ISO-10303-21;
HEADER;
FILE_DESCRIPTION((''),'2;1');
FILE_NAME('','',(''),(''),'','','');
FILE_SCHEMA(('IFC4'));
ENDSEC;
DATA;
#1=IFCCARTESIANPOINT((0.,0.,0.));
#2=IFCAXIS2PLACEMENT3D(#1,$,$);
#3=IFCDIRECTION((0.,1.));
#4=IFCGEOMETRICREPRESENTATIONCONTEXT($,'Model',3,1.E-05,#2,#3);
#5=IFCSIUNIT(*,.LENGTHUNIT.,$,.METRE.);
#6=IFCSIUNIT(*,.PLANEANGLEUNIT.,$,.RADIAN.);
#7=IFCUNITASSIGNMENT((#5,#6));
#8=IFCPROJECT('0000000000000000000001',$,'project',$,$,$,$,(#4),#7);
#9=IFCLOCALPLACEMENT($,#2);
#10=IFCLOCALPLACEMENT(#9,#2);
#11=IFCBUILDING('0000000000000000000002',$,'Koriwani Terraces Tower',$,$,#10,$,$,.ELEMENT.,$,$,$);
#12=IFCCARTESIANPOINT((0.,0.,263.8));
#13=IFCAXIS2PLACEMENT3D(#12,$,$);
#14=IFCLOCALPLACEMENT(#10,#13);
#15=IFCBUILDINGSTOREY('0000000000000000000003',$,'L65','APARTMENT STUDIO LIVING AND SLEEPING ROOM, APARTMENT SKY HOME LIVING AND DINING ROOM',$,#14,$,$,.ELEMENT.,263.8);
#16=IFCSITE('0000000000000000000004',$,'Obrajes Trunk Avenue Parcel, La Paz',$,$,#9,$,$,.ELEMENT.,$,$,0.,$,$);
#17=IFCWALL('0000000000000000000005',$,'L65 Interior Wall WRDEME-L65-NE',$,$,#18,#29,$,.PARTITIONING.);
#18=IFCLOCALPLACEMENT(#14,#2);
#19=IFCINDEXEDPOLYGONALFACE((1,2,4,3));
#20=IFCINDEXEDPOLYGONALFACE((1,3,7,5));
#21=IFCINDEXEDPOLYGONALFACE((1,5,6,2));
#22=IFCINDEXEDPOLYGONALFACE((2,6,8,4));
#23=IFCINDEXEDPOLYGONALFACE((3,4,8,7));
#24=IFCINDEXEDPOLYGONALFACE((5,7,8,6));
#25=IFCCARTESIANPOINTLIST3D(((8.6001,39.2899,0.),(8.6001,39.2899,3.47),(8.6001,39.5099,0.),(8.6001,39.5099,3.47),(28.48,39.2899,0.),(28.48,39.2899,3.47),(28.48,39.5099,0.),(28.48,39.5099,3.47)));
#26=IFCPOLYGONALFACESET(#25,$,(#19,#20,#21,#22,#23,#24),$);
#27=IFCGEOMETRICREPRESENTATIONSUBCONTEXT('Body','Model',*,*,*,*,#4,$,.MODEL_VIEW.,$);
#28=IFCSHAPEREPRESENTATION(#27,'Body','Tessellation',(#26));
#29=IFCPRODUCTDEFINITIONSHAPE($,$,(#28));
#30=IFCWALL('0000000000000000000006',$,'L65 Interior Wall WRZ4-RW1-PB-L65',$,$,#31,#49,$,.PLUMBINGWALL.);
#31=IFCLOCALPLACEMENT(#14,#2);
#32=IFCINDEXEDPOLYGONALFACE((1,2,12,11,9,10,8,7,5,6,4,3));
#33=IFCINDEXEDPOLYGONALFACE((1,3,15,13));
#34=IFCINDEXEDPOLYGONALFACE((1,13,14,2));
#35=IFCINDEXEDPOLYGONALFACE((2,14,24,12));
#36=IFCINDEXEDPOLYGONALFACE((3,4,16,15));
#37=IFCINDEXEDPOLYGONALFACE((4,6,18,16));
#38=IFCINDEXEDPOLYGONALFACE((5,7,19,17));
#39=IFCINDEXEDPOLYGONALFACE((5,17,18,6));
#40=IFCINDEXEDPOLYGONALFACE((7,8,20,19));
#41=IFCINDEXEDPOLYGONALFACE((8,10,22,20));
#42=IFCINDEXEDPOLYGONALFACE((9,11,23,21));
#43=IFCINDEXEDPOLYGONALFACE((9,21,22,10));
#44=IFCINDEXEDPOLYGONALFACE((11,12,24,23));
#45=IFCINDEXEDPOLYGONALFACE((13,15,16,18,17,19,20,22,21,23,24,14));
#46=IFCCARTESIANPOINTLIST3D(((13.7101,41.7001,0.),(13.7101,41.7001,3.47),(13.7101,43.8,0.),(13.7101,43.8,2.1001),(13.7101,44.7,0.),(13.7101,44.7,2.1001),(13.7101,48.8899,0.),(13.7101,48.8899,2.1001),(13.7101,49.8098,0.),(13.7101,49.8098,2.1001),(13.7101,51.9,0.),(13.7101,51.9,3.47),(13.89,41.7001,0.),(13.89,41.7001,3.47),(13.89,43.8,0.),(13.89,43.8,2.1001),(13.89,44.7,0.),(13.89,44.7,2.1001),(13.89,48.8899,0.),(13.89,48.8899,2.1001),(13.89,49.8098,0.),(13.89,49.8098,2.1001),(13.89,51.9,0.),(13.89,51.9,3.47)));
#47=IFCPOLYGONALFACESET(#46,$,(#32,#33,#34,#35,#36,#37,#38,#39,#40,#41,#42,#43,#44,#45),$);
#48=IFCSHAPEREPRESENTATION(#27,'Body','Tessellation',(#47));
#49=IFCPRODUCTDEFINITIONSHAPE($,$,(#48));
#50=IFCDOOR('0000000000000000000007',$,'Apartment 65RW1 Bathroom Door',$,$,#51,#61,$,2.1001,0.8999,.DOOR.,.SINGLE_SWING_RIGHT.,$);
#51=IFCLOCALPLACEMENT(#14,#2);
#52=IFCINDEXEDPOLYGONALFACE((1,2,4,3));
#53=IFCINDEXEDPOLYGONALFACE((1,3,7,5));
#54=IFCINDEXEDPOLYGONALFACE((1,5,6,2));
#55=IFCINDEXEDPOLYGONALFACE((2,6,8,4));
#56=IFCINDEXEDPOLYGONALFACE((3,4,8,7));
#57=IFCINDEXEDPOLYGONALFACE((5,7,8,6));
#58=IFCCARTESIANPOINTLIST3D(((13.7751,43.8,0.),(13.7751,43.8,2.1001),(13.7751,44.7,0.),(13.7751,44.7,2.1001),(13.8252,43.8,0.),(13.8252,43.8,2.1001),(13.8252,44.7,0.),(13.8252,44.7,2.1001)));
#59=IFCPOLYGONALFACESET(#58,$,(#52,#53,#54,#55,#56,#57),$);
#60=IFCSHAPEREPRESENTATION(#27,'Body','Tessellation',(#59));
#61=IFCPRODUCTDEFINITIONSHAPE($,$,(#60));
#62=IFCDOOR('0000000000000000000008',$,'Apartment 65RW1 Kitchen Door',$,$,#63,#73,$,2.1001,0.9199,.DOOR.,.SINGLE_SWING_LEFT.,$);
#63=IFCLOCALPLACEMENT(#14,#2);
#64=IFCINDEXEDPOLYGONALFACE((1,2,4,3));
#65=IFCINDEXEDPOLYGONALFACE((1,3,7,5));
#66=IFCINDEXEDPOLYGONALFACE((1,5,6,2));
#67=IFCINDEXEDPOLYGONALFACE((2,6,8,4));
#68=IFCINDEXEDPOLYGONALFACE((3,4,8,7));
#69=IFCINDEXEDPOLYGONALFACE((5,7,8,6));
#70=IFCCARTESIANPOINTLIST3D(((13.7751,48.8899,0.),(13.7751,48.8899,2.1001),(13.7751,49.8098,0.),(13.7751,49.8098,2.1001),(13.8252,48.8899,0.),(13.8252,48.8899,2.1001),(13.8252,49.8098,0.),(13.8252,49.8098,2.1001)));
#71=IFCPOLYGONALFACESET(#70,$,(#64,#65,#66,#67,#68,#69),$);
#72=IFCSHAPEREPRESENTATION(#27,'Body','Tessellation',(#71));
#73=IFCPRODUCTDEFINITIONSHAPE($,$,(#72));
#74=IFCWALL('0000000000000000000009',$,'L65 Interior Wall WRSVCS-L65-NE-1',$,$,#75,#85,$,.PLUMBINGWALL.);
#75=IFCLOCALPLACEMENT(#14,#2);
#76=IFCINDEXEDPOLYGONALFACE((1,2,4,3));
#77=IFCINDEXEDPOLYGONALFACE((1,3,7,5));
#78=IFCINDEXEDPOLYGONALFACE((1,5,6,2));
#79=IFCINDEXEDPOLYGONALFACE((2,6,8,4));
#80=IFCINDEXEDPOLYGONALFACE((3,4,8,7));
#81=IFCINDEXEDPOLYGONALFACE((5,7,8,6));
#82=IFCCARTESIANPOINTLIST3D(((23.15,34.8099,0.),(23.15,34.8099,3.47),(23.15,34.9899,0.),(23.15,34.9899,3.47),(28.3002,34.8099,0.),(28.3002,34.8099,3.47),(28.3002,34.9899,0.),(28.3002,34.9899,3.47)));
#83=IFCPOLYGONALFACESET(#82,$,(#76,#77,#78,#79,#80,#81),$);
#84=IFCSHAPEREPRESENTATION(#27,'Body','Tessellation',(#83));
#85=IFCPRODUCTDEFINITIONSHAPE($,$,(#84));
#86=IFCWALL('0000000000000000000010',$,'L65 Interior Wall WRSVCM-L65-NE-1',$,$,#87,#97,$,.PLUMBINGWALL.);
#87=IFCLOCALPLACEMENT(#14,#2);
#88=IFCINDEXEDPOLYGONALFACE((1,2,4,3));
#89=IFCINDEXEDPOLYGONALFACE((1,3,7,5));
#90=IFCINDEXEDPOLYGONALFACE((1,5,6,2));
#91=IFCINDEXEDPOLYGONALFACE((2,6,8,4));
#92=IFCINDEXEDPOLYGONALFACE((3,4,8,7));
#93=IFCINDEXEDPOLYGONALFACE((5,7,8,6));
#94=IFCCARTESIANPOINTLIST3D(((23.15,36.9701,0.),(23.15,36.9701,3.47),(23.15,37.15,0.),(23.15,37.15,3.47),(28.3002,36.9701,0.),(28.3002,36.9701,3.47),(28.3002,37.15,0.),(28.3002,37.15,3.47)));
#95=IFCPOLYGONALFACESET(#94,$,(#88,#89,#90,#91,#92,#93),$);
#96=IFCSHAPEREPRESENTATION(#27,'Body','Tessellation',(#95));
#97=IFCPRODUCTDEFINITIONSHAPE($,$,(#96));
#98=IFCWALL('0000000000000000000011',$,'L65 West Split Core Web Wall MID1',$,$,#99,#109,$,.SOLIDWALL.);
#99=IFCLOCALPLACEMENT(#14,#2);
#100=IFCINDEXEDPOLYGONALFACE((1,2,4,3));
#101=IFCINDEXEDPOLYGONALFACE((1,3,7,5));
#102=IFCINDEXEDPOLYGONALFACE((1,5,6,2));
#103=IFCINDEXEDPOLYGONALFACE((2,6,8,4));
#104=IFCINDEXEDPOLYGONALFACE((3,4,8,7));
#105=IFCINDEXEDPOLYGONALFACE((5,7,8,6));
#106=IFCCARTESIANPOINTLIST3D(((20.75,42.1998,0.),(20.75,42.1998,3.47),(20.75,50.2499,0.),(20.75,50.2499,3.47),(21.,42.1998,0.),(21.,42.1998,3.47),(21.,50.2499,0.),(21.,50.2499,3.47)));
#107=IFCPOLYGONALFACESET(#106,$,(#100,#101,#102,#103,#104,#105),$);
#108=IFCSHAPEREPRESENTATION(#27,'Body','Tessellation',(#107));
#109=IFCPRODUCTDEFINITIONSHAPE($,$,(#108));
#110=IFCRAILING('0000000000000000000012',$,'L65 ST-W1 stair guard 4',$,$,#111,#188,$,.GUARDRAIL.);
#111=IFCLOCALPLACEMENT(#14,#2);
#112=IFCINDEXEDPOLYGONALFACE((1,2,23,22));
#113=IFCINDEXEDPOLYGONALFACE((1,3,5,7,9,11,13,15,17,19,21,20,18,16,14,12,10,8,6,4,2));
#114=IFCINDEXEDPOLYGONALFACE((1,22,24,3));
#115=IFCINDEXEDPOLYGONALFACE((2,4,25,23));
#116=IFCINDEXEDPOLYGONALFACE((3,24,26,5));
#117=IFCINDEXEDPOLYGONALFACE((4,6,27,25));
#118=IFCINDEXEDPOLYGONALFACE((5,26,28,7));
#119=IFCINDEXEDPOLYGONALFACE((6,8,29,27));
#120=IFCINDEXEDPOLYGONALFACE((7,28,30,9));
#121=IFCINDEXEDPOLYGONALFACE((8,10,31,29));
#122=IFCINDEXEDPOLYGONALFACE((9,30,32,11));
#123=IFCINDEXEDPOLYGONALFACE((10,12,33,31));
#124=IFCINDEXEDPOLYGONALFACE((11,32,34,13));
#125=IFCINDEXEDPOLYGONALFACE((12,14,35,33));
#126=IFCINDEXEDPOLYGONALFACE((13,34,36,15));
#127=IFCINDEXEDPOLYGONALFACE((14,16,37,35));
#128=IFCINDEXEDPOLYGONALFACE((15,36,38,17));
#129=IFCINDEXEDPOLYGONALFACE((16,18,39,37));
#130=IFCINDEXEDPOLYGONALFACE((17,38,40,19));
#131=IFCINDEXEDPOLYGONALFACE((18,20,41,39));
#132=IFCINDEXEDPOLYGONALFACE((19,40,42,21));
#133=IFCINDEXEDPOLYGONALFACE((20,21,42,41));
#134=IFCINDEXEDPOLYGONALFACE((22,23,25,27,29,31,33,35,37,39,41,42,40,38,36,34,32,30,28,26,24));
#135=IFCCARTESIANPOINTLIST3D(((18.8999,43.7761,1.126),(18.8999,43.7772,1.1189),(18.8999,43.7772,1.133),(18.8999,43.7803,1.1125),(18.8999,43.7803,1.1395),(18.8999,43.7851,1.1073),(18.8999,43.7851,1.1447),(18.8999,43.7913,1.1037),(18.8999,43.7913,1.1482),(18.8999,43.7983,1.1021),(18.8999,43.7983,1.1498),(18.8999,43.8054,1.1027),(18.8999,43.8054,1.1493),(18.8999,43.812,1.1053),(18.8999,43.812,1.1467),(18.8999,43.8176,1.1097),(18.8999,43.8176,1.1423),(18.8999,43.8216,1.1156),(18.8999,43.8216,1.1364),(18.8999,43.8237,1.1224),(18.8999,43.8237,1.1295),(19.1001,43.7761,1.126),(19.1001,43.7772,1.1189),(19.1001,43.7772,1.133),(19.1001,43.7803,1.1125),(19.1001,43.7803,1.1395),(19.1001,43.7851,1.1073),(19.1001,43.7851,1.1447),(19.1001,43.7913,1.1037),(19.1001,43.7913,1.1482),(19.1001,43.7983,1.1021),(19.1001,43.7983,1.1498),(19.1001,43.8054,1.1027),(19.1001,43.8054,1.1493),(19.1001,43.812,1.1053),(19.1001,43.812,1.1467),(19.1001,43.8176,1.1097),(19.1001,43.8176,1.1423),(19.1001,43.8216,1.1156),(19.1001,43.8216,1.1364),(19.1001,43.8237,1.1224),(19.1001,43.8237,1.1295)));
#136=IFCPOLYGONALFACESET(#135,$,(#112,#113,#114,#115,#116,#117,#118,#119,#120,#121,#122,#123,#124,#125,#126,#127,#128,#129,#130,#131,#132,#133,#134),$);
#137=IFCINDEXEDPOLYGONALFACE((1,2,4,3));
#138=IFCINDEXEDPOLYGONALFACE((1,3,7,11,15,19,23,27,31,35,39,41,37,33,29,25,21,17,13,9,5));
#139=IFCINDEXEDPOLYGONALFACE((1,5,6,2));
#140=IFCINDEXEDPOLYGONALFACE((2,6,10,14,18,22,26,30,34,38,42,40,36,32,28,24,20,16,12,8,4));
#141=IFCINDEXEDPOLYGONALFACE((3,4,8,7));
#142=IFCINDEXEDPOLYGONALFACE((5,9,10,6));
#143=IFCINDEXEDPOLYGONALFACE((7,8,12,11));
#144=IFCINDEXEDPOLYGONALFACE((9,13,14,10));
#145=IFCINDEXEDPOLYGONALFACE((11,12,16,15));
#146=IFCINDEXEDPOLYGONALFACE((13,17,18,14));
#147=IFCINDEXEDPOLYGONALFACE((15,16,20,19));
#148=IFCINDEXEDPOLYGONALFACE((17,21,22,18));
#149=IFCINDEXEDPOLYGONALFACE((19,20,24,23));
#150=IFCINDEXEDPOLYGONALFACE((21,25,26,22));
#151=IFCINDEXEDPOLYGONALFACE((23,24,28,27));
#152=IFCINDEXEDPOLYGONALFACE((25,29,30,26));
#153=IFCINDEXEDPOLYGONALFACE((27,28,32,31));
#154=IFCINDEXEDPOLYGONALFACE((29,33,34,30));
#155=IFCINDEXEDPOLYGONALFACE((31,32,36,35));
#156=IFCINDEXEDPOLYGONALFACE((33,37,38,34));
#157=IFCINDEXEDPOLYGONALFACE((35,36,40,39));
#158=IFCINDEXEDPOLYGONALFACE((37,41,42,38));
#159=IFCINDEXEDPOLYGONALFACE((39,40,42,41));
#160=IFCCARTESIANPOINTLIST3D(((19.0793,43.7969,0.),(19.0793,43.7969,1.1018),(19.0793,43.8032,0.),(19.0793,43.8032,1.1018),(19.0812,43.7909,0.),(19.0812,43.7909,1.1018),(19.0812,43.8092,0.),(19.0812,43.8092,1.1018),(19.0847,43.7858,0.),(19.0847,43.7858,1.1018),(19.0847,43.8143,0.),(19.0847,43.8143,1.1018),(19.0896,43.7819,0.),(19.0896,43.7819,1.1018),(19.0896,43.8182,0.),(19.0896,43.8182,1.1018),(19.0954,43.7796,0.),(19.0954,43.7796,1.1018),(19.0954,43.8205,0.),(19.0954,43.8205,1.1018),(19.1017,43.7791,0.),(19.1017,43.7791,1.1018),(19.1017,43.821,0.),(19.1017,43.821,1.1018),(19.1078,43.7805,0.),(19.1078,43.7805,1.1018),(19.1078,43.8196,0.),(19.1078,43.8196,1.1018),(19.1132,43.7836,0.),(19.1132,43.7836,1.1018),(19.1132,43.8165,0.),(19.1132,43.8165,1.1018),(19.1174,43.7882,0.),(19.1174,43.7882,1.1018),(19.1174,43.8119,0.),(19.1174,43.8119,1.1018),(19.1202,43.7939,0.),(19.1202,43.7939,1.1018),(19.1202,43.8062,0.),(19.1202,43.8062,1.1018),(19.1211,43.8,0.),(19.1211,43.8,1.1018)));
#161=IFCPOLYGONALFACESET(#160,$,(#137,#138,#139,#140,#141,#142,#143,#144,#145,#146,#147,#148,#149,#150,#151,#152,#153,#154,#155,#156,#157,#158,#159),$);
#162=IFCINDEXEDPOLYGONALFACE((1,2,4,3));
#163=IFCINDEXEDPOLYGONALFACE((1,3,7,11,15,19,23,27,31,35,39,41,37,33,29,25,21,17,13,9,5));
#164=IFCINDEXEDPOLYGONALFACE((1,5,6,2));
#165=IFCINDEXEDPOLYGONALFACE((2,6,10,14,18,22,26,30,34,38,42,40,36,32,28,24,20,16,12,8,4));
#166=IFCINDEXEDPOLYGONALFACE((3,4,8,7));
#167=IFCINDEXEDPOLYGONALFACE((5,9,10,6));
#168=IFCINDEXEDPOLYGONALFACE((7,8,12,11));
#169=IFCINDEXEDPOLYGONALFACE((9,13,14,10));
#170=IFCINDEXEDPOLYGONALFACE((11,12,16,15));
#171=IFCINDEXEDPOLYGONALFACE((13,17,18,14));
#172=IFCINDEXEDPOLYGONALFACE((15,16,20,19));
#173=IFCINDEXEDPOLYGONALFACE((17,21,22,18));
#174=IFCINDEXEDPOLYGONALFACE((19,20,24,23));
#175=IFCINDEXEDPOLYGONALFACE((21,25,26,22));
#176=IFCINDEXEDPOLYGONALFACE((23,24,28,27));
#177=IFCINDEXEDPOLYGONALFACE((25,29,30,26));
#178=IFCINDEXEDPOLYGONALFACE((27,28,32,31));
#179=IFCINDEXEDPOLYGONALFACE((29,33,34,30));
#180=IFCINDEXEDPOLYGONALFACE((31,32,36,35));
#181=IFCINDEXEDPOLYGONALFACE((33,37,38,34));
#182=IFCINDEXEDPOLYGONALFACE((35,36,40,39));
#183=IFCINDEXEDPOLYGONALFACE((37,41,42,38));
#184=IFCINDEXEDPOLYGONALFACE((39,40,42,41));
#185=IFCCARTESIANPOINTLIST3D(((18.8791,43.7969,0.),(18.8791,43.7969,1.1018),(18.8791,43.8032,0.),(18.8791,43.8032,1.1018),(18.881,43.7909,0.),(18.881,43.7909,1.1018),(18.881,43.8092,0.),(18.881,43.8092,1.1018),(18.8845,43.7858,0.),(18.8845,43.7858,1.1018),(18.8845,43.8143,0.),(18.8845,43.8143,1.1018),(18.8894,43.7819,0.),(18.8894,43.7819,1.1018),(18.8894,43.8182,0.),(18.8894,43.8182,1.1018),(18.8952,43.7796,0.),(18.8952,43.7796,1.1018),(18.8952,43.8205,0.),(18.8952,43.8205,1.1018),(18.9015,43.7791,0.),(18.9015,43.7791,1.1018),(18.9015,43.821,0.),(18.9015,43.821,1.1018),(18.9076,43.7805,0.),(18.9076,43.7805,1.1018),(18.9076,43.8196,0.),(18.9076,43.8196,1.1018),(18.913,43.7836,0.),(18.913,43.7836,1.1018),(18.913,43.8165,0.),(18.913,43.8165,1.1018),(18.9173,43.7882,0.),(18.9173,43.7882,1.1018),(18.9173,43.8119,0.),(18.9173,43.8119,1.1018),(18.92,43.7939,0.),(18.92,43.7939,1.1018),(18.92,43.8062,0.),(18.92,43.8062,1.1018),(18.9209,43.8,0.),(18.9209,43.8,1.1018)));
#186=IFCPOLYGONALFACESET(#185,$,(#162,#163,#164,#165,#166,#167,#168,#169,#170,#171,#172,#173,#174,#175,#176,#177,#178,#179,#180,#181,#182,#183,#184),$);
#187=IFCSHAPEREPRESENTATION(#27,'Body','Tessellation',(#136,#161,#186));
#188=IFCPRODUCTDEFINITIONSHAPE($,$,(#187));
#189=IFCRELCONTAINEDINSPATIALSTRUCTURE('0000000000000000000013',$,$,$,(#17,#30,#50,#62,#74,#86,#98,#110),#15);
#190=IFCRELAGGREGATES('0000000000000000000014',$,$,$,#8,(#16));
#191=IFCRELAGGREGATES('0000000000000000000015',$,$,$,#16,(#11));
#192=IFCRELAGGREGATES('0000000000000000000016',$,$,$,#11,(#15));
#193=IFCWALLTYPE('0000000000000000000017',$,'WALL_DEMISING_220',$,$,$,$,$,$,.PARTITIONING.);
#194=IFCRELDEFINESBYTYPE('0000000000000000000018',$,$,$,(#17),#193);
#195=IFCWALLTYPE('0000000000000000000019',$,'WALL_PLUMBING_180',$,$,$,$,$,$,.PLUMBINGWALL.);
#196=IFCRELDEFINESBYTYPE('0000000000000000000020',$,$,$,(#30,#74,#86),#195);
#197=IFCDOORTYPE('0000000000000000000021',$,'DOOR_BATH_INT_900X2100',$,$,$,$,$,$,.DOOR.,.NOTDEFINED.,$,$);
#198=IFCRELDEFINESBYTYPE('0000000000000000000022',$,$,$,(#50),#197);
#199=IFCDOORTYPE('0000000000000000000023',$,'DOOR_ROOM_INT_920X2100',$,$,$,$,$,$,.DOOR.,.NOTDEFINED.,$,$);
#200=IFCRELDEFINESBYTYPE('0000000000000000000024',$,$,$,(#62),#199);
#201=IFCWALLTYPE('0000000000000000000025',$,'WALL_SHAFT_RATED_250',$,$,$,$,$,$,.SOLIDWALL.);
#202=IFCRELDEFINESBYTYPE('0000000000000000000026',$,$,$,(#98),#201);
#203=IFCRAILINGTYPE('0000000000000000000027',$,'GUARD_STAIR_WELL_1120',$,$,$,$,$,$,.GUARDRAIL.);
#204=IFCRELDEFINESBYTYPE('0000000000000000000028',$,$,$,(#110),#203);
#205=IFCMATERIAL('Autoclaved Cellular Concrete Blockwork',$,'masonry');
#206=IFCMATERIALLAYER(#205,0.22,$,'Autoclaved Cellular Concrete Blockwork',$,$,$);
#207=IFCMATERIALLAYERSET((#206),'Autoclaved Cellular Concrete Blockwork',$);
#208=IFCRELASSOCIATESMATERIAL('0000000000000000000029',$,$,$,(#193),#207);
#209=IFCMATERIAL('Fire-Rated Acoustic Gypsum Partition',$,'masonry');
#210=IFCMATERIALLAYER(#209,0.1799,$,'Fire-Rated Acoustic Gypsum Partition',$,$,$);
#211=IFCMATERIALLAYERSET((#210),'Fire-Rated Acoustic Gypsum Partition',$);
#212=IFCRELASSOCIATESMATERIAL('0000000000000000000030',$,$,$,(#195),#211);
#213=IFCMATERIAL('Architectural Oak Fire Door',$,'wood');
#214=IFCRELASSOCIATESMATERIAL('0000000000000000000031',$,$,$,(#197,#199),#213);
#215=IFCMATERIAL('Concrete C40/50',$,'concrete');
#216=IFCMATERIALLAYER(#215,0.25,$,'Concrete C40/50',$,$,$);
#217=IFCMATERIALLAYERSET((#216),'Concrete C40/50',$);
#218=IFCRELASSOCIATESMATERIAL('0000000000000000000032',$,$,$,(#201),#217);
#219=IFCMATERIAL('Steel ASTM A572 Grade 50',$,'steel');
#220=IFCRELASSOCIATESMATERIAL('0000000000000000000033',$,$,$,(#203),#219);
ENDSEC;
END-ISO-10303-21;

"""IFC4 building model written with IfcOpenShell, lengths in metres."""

from ifc_helpers import new_model, si_unit, direction, frame, frame_2d, origin, origin_2d, place, context, subcontext, project, spatial, rectangle, circle, extrude, material, layer, layer_set, type_object, element, fill, save


model = new_model("IFC4")

# Units and contexts
model_context = context("Model", 3, precision=1e-05, world=origin(), true_north=direction((0.0, 1.0)))
body_context = subcontext(model_context, "Body", "Model", "MODEL_VIEW")
ifc_project = project(units=[si_unit("LENGTHUNIT", "METRE"), si_unit("PLANEANGLEUNIT", "RADIAN")], contexts=[model_context])

# Site, building, storey
site_placement = place(None, origin())
site = spatial("IfcSite", under=ifc_project, at=site_placement, Name="Obrajes Trunk Avenue Parcel, La Paz", CompositionType="ELEMENT", RefElevation=0.0)
building_placement = place(site_placement, origin())
building = spatial("IfcBuilding", under=site, at=building_placement, Name="Koriwani Terraces Tower", CompositionType="ELEMENT")
storey_placement = place(building_placement, frame((0.0, 0.0, 263.8)))
storey = spatial("IfcBuildingStorey", under=building, at=storey_placement, Name="L65", Description="APARTMENT STUDIO LIVING AND SLEEPING ROOM, APARTMENT SKY HOME LIVING AND DINING ROOM", CompositionType="ELEMENT", Elevation=263.8)

# Shared definitions
ifc_material_1 = material(Name="Concrete C40/50", Category="concrete")

# Shared definitions
ifc_material_2 = material(Name="Autoclaved Cellular Concrete Blockwork", Category="masonry")
ifc_material_3 = material(Name="Architectural Oak Fire Door", Category="wood")

# Wall
ifc_layer_1 = layer(ifc_material_2, 0.22, Name="Autoclaved Cellular Concrete Blockwork")
ifc_layer_set_1 = layer_set([ifc_layer_1], Name="Autoclaved Cellular Concrete Blockwork")
wall_type_1 = type_object("IfcWallType", Name="WALL_DEMISING_220", PredefinedType="PARTITIONING", material=ifc_layer_set_1)
wall_1_placement = place(storey_placement, frame((8.6001, 39.3999, 0.0), z_axis=(0.0, 0.0, 1.0), x_axis=(1.0, 0.0, 0.0)))
element("IfcWall", 1, at=wall_1_placement, inside=storey, type_object=wall_type_1, Name="L65 Interior Wall WRDEME-L65-NE", PredefinedType="PARTITIONING", context=body_context, shape_type="SweptSolid", body=[
    extrude(rectangle(XDim=19.8799, YDim=0.22, at=frame_2d((9.9399, 0.0))), origin(), (0.0, 0.0, 1.0), 3.47),
])

# Wall, openings, doors
ifc_material_4 = material(Name="Fire-Rated Acoustic Gypsum Partition", Category="masonry")
ifc_layer_2 = layer(ifc_material_4, 0.1799, Name="Fire-Rated Acoustic Gypsum Partition")
ifc_layer_set_2 = layer_set([ifc_layer_2], Name="Fire-Rated Acoustic Gypsum Partition")
wall_type_2 = type_object("IfcWallType", Name="WALL_PLUMBING_180", PredefinedType="PLUMBINGWALL", material=ifc_layer_set_2)
wall_2_placement = place(storey_placement, frame((13.8, 41.7, 0.0), z_axis=(0.0, 0.0, 1.0), x_axis=(0.0, 1.0, 0.0)))
wall_2 = element("IfcWall", 2, at=wall_2_placement, inside=storey, type_object=wall_type_2, Name="L65 Interior Wall WRZ4-RW1-PB-L65", PredefinedType="PLUMBINGWALL", context=body_context, shape_type="SweptSolid", body=[
    extrude(rectangle(XDim=10.2, YDim=0.1799, at=frame_2d((5.1001, 0.0))), origin(), (0.0, 0.0, 1.0), 3.47),
])
opening_1_placement = place(wall_2_placement, frame((2.1001, 0.0, 0.0)))
opening_1 = element("IfcOpeningElement", 3, at=opening_1_placement, cuts=wall_2, PredefinedType="OPENING", context=body_context, shape_type="SweptSolid", body=[
    extrude(rectangle(XDim=0.8999, YDim=2.1001, at=frame_2d((0.45, 1.05))), frame((0.0, 0.1001, 0.0), z_axis=(0.0, -1.0, 0.0), x_axis=(1.0, 0.0, 0.0)), (0.0, 0.0, 1.0), 0.2),
])
opening_2_placement = place(wall_2_placement, frame((7.1899, 0.0, 0.0)))
opening_2 = element("IfcOpeningElement", 4, at=opening_2_placement, cuts=wall_2, PredefinedType="OPENING", context=body_context, shape_type="SweptSolid", body=[
    extrude(rectangle(XDim=0.9199, YDim=2.1001, at=frame_2d((0.46, 1.05))), frame((0.0, 0.1001, 0.0), z_axis=(0.0, -1.0, 0.0), x_axis=(1.0, 0.0, 0.0)), (0.0, 0.0, 1.0), 0.2),
])
door_type_1 = type_object("IfcDoorType", Name="DOOR_BATH_INT_900X2100", OperationType="NOTDEFINED", PredefinedType="DOOR", material=ifc_material_3)
door_1_placement = place(opening_1_placement, origin())
door_1 = element("IfcDoor", 5, at=door_1_placement, inside=storey, type_object=door_type_1, Name="Apartment 65RW1 Bathroom Door", OperationType="SINGLE_SWING_RIGHT", OverallHeight=2.1001, OverallWidth=0.8999, PredefinedType="DOOR", context=body_context, shape_type="SweptSolid", body=[
    extrude(rectangle(XDim=0.8999, YDim=2.1001, at=frame_2d((0.45, 1.05))), frame((0.0, 0.0249, 0.0), z_axis=(0.0, -1.0, 0.0), x_axis=(1.0, 0.0, 0.0)), (0.0, 0.0, 1.0), 0.05),
])
fill(opening_1, door_1)
door_type_2 = type_object("IfcDoorType", Name="DOOR_ROOM_INT_920X2100", OperationType="NOTDEFINED", PredefinedType="DOOR", material=ifc_material_3)
door_2_placement = place(opening_2_placement, origin())
door_2 = element("IfcDoor", 6, at=door_2_placement, inside=storey, type_object=door_type_2, Name="Apartment 65RW1 Kitchen Door", OperationType="SINGLE_SWING_LEFT", OverallHeight=2.1001, OverallWidth=0.9199, PredefinedType="DOOR", context=body_context, shape_type="SweptSolid", body=[
    extrude(rectangle(XDim=0.9199, YDim=2.1001, at=frame_2d((0.46, 1.05))), frame((0.0, 0.0249, 0.0), z_axis=(0.0, -1.0, 0.0), x_axis=(1.0, 0.0, 0.0)), (0.0, 0.0, 1.0), 0.05),
])
fill(opening_2, door_2)

# Walls
for number, where, z_axis, x_axis, name in (
    (7, (23.1499, 34.8999, 0.0), (0.0, 0.0, 1.0), (1.0, 0.0, 0.0), "L65 Interior Wall WRSVCS-L65-NE-1"),
    (8, (23.1499, 37.0601, 0.0), (0.0, 0.0, 1.0), (1.0, 0.0, 0.0), "L65 Interior Wall WRSVCM-L65-NE-1"),
):
    element("IfcWall", number, at=place(storey_placement, frame(where, z_axis=z_axis, x_axis=x_axis)), inside=storey, type_object=wall_type_2, Name=name, PredefinedType="PLUMBINGWALL", context=body_context, shape_type="SweptSolid", body=[
        extrude(rectangle(XDim=5.1501, YDim=0.1799, at=frame_2d((2.5752, 0.0))), origin(), (0.0, 0.0, 1.0), 3.47),
    ])
ifc_layer_3 = layer(ifc_material_1, 0.25, Name="Concrete C40/50")
ifc_layer_set_3 = layer_set([ifc_layer_3], Name="Concrete C40/50")
wall_type_3 = type_object("IfcWallType", Name="WALL_SHAFT_RATED_250", PredefinedType="SOLIDWALL", material=ifc_layer_set_3)
wall_3_placement = place(storey_placement, frame((20.875, 42.2, 0.0), z_axis=(0.0, 0.0, 1.0), x_axis=(0.0, 1.0, 0.0)))
element("IfcWall", 9, at=wall_3_placement, inside=storey, type_object=wall_type_3, Name="L65 West Split Core Web Wall MID1", PredefinedType="SOLIDWALL", context=body_context, shape_type="SweptSolid", body=[
    extrude(rectangle(XDim=8.05, YDim=0.25, at=frame_2d((4.0249, 0.0))), origin(), (0.0, 0.0, 1.0), 3.47),
])

# Shared definitions
ifc_material_5 = material(Name="Steel ASTM A572 Grade 50", Category="steel")

# Railing
railing_type_1 = type_object("IfcRailingType", Name="GUARD_STAIR_WELL_1120", PredefinedType="GUARDRAIL", material=ifc_material_5)
railing_1_placement = place(storey_placement, frame((19.1001, 43.8, 0.0)))
element("IfcRailing", 10, at=railing_1_placement, inside=storey, type_object=railing_type_1, Name="L65 ST-W1 stair guard 4", PredefinedType="GUARDRAIL", context=body_context, shape_type="SweptSolid", body=[
    extrude(circle(Radius=0.0239, at=origin_2d()), frame((0.0, 0.0, 1.126), z_axis=(-1.0, 0.0, 0.0), x_axis=(0.0, -1.0, 0.0)), (0.0, 0.0, 1.0), 0.2002),
    extrude(circle(Radius=0.021, at=origin_2d()), origin(), (0.0, 0.0, 1.0), 1.1018),
    extrude(circle(Radius=0.021, at=origin_2d()), frame((-0.2002, 0.0, 0.0)), (0.0, 0.0, 1.0), 1.1018),
])

save(model, "model.ifc")
